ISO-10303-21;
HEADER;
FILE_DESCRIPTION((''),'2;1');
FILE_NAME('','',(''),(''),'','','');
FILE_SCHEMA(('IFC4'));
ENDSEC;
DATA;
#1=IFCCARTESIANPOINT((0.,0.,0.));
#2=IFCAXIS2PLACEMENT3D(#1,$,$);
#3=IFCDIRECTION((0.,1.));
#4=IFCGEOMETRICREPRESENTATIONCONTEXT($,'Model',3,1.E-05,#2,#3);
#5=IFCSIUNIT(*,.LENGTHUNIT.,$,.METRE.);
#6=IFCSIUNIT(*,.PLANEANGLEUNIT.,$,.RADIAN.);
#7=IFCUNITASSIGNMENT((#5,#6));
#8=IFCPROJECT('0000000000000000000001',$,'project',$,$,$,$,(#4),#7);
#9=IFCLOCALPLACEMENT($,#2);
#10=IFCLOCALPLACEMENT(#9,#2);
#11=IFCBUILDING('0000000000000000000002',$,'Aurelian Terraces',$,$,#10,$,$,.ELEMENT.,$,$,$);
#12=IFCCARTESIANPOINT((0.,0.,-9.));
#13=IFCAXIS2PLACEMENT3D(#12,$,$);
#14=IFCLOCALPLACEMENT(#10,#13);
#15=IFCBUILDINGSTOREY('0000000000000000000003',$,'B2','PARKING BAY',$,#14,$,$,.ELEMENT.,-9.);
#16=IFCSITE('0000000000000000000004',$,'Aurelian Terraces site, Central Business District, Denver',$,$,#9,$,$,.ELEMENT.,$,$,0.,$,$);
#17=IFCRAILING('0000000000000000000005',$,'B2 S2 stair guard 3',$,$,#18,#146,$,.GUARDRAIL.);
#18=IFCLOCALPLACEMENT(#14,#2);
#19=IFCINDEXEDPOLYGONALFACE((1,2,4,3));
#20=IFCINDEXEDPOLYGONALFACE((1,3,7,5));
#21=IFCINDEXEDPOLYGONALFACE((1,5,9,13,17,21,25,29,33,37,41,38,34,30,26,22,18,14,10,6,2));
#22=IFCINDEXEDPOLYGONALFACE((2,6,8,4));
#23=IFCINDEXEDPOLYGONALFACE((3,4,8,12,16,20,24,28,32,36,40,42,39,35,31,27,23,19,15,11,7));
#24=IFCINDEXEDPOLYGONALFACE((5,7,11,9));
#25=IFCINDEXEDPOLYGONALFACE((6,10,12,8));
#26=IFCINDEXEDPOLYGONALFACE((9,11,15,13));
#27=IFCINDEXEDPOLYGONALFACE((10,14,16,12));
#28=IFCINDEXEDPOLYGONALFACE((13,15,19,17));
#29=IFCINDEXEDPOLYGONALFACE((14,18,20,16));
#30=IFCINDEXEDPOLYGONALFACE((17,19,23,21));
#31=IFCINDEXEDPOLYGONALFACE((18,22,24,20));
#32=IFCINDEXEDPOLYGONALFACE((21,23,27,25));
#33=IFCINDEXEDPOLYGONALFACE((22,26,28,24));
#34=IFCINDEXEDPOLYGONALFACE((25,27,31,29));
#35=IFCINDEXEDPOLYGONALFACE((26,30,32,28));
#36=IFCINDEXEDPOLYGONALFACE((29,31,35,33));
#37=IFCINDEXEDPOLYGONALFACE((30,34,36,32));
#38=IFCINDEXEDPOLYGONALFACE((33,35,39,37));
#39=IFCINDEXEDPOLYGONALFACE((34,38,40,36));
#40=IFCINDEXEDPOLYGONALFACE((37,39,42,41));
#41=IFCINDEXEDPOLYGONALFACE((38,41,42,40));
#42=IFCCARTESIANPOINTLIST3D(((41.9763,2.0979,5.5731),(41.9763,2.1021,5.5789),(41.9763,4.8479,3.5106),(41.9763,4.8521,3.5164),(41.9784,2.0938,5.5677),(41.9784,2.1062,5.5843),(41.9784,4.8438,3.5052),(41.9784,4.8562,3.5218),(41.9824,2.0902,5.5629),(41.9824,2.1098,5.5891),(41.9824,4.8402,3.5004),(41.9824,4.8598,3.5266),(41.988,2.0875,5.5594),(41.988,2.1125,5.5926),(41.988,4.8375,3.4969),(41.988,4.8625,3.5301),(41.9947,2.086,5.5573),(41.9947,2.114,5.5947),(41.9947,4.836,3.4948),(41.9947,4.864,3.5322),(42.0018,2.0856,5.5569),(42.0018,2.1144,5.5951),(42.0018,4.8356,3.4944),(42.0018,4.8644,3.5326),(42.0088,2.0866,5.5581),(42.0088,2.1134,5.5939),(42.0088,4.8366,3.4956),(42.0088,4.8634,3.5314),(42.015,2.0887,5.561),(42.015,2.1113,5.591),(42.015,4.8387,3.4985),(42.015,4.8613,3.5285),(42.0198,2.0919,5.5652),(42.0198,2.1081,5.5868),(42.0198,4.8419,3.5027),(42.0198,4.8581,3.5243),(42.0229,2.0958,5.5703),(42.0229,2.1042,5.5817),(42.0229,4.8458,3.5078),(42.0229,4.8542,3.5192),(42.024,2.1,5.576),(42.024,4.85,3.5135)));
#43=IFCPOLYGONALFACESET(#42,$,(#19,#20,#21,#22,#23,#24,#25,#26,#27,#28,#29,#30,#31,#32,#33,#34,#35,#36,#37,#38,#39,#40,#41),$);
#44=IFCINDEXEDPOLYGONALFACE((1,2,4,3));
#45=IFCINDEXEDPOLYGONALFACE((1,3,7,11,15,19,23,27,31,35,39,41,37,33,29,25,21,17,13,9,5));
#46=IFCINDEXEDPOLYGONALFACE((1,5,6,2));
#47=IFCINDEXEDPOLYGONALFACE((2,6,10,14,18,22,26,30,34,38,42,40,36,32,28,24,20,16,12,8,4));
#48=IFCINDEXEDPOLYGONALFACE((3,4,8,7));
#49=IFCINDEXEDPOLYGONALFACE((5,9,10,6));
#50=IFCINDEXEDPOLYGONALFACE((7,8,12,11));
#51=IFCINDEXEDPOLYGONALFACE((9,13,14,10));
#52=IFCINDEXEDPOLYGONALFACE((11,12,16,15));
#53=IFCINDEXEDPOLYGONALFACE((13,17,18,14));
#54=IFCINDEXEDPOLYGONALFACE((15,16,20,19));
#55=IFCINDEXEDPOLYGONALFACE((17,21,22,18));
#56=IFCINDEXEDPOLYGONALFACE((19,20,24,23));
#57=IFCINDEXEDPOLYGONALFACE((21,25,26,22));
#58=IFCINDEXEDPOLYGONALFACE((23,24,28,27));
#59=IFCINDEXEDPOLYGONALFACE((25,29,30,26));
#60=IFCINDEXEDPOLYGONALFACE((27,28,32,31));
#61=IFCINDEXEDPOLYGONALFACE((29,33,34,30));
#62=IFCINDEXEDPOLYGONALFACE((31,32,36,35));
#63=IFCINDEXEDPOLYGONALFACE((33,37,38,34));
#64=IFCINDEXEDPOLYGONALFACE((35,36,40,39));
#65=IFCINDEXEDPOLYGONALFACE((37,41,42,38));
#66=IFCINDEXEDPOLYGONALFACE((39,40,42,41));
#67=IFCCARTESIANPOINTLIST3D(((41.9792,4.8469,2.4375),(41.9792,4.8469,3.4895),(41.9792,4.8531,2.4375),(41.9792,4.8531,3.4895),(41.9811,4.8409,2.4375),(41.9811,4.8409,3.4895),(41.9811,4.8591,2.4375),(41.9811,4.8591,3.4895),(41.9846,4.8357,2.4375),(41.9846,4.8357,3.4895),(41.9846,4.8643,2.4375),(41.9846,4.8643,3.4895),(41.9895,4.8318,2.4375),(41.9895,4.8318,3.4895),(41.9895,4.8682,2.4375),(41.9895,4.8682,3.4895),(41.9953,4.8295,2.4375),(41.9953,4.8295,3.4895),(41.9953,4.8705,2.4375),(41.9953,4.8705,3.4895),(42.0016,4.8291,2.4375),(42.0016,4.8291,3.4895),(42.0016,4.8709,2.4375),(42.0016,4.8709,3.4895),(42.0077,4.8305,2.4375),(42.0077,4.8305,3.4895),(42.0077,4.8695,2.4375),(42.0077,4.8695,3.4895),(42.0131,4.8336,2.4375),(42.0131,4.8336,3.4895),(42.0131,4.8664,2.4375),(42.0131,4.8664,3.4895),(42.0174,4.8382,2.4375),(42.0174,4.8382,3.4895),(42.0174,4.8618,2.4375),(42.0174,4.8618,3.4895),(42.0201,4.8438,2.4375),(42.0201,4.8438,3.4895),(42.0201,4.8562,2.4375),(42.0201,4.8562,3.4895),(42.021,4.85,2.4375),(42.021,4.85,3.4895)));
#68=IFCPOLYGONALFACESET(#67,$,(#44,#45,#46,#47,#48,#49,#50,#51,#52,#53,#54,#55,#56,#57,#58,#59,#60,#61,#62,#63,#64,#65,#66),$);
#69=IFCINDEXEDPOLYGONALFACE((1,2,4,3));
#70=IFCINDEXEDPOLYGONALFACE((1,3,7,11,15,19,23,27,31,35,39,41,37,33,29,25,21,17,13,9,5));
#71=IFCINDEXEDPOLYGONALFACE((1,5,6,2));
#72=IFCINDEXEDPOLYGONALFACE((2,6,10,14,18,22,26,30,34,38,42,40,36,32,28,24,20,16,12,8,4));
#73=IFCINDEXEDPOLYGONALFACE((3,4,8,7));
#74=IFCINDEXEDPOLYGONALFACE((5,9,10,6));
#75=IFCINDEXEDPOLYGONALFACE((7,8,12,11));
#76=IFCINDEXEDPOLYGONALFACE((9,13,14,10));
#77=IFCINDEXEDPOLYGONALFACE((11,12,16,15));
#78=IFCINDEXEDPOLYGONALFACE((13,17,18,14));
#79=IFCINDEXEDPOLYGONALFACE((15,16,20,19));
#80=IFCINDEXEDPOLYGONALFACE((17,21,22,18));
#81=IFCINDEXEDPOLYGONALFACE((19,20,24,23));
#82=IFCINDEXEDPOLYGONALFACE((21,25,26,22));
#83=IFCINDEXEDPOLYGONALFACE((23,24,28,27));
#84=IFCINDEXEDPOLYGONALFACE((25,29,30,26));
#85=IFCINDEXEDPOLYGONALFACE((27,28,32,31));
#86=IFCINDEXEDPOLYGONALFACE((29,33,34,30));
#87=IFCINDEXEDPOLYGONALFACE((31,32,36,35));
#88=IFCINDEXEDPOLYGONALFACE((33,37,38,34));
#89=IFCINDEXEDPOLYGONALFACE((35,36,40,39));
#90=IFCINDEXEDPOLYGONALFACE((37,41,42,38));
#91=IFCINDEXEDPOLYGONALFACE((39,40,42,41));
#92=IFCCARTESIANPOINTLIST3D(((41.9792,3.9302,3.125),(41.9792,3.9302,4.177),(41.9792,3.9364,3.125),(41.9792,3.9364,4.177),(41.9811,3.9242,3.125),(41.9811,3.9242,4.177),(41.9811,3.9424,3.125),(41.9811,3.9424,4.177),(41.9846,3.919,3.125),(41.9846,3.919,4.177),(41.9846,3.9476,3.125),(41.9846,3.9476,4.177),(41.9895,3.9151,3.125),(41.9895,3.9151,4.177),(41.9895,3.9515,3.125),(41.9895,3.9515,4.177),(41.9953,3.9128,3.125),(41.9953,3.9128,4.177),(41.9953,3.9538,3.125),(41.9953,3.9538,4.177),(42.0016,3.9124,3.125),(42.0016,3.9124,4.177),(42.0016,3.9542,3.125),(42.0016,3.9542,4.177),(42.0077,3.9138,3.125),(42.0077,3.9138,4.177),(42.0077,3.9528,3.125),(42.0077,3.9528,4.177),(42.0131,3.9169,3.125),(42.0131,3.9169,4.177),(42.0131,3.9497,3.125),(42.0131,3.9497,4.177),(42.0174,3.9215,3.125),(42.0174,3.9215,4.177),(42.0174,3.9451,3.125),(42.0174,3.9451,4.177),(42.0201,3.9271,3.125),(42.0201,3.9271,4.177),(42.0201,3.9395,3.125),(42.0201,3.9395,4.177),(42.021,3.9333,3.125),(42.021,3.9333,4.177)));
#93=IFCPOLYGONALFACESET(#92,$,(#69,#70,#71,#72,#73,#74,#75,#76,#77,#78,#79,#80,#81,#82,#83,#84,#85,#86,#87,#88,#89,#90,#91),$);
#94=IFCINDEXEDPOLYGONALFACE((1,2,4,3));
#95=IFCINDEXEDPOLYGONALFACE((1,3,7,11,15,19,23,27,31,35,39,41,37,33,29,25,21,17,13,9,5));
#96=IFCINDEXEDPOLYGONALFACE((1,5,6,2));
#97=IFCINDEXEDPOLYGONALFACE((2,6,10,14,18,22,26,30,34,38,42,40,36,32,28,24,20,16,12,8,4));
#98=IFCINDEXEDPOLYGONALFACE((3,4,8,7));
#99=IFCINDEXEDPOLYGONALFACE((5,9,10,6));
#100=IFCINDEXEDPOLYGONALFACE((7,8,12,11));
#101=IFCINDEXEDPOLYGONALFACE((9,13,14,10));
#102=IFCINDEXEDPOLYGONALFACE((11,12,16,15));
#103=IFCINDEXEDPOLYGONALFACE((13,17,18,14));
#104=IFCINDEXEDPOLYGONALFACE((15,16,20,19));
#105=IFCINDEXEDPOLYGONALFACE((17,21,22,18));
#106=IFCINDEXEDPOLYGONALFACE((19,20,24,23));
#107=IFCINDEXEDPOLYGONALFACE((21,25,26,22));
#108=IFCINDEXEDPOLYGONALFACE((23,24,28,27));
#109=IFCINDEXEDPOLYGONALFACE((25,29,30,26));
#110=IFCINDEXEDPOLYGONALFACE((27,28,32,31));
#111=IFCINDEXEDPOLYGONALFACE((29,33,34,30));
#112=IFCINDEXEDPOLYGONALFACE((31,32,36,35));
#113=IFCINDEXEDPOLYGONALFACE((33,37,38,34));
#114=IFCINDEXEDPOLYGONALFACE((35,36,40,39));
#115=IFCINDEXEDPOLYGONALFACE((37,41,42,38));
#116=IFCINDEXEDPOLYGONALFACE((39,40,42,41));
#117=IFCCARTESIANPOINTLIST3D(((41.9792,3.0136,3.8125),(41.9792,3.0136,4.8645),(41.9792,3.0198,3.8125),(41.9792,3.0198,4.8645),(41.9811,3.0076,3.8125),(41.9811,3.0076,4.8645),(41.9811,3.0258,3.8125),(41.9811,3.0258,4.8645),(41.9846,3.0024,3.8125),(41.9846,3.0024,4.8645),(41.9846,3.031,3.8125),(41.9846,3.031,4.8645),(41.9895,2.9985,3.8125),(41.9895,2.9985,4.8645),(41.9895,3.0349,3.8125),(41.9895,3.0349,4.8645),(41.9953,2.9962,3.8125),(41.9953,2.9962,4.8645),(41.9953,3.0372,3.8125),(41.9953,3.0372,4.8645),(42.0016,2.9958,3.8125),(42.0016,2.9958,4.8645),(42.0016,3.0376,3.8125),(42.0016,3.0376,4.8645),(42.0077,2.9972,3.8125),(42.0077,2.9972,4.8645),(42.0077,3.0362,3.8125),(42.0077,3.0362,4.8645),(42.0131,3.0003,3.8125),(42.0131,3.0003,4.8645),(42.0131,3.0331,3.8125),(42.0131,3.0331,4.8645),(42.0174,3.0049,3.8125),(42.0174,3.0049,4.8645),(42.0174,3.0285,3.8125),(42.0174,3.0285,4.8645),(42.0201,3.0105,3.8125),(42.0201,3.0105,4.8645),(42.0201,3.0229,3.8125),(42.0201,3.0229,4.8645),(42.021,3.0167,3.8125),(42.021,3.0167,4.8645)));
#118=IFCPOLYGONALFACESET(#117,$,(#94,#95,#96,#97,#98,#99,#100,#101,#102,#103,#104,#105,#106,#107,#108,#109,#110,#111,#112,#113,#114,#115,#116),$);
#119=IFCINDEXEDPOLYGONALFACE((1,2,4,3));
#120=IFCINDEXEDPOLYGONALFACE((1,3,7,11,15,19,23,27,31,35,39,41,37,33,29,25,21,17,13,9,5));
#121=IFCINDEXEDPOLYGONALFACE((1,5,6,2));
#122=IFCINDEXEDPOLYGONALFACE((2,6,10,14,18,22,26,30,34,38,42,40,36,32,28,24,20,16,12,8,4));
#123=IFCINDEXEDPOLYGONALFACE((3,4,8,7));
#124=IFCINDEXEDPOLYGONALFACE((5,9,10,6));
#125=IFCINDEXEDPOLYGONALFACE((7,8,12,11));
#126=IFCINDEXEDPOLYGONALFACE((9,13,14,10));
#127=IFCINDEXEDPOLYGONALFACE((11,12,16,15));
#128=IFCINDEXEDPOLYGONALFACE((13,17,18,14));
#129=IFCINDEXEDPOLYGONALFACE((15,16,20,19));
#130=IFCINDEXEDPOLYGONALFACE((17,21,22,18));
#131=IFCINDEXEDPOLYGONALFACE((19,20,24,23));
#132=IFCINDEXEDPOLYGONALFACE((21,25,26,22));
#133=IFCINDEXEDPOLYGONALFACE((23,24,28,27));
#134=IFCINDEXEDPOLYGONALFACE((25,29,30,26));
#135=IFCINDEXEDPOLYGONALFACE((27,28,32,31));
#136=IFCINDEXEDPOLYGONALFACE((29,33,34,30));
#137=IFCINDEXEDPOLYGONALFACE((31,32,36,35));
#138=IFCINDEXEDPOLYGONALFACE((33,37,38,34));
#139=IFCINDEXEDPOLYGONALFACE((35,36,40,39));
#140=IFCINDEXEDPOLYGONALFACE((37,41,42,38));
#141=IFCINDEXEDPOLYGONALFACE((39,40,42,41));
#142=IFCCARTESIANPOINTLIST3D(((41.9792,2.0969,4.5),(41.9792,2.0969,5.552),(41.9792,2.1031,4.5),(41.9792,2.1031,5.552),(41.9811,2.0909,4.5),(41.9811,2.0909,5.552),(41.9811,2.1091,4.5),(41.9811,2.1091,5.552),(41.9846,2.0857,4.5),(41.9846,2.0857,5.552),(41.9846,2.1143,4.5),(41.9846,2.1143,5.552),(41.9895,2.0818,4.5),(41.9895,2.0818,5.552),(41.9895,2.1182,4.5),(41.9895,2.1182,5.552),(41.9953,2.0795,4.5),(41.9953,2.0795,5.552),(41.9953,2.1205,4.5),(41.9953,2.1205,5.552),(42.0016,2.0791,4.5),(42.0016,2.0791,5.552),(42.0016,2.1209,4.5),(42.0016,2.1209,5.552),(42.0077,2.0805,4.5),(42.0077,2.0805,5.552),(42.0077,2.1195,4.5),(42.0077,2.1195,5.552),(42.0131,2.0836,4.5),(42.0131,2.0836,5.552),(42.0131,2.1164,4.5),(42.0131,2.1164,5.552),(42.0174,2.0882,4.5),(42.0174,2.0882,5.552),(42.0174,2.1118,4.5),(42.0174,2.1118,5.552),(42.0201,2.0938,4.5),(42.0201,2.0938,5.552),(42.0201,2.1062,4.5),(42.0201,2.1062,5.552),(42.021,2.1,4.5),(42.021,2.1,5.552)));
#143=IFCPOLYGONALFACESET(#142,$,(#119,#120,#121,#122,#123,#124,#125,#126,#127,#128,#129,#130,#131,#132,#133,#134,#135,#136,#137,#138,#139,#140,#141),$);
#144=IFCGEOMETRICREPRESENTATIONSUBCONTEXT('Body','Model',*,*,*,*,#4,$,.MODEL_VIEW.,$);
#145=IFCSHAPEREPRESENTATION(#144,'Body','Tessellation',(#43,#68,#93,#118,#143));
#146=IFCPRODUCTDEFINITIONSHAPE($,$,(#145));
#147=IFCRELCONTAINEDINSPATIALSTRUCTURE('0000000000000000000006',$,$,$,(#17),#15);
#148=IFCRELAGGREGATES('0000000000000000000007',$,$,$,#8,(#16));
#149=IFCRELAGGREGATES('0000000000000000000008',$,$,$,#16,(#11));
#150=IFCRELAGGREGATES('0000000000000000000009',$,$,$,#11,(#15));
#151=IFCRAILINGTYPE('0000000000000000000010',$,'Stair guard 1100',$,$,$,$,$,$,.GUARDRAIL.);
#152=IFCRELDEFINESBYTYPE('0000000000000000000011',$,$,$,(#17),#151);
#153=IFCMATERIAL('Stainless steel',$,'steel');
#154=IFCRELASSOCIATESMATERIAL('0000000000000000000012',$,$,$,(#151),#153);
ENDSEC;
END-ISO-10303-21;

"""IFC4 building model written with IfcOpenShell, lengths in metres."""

from ifc_helpers import new_model, si_unit, direction, frame, origin, origin_2d, place, context, subcontext, project, spatial, circle, extrude, source, transform, mapped, material, type_object, element, save


model = new_model("IFC4")

# Units and contexts
model_context = context("Model", 3, precision=1e-05, world=origin(), true_north=direction((0.0, 1.0)))
body_context = subcontext(model_context, "Body", "Model", "MODEL_VIEW")
ifc_project = project(units=[si_unit("LENGTHUNIT", "METRE"), si_unit("PLANEANGLEUNIT", "RADIAN")], contexts=[model_context])

# Site, building, storey
site_placement = place(None, origin())
site = spatial("IfcSite", under=ifc_project, at=site_placement, Name="Aurelian Terraces site, Central Business District, Denver", CompositionType="ELEMENT", RefElevation=0.0)
building_placement = place(site_placement, origin())
building = spatial("IfcBuilding", under=site, at=building_placement, Name="Aurelian Terraces", CompositionType="ELEMENT")
storey_placement = place(building_placement, frame((0.0, 0.0, -9.0)))
storey = spatial("IfcBuildingStorey", under=building, at=storey_placement, Name="B2", Description="PARKING BAY", CompositionType="ELEMENT", Elevation=-9.0)

# Railing
ifc_material_1 = material(Name="Stainless steel", Category="steel")
railing_type_1 = type_object("IfcRailingType", Name="Stair guard 1100", PredefinedType="GUARDRAIL", material=ifc_material_1)
shared_shape_1 = source(origin(), body_context, "Body", "SweptSolid", [
    extrude(circle(Radius=0.024, at=origin_2d()), frame((0.0, 0.0, 1.076), z_axis=(0.0, -0.8, 0.6), x_axis=(1.0, 0.0, 0.0)), (0.0, 0.0, 1.0), 3.4375),
    extrude(circle(Radius=0.021, at=origin_2d()), origin(), (0.0, 0.0, 1.0), 1.052),
    extrude(circle(Radius=0.021, at=origin_2d()), frame((0.0, -0.9167, 0.6875)), (0.0, 0.0, 1.0), 1.052),
    extrude(circle(Radius=0.021, at=origin_2d()), frame((0.0, -1.8333, 1.375)), (0.0, 0.0, 1.0), 1.052),
    extrude(circle(Radius=0.021, at=origin_2d()), frame((0.0, -2.75, 2.0625)), (0.0, 0.0, 1.0), 1.052),
])
railing_1_placement = place(storey_placement, frame((42.0, 4.85, 2.4375)))
element("IfcRailing", 1, at=railing_1_placement, inside=storey, type_object=railing_type_1, Name="B2 S2 stair guard 3", PredefinedType="GUARDRAIL", context=body_context, shape_type="MappedRepresentation", body=[
    mapped(shared_shape_1, transform((0.0, 0.0, 0.0), scale=1.0)),
])

save(model, "model.ifc")
